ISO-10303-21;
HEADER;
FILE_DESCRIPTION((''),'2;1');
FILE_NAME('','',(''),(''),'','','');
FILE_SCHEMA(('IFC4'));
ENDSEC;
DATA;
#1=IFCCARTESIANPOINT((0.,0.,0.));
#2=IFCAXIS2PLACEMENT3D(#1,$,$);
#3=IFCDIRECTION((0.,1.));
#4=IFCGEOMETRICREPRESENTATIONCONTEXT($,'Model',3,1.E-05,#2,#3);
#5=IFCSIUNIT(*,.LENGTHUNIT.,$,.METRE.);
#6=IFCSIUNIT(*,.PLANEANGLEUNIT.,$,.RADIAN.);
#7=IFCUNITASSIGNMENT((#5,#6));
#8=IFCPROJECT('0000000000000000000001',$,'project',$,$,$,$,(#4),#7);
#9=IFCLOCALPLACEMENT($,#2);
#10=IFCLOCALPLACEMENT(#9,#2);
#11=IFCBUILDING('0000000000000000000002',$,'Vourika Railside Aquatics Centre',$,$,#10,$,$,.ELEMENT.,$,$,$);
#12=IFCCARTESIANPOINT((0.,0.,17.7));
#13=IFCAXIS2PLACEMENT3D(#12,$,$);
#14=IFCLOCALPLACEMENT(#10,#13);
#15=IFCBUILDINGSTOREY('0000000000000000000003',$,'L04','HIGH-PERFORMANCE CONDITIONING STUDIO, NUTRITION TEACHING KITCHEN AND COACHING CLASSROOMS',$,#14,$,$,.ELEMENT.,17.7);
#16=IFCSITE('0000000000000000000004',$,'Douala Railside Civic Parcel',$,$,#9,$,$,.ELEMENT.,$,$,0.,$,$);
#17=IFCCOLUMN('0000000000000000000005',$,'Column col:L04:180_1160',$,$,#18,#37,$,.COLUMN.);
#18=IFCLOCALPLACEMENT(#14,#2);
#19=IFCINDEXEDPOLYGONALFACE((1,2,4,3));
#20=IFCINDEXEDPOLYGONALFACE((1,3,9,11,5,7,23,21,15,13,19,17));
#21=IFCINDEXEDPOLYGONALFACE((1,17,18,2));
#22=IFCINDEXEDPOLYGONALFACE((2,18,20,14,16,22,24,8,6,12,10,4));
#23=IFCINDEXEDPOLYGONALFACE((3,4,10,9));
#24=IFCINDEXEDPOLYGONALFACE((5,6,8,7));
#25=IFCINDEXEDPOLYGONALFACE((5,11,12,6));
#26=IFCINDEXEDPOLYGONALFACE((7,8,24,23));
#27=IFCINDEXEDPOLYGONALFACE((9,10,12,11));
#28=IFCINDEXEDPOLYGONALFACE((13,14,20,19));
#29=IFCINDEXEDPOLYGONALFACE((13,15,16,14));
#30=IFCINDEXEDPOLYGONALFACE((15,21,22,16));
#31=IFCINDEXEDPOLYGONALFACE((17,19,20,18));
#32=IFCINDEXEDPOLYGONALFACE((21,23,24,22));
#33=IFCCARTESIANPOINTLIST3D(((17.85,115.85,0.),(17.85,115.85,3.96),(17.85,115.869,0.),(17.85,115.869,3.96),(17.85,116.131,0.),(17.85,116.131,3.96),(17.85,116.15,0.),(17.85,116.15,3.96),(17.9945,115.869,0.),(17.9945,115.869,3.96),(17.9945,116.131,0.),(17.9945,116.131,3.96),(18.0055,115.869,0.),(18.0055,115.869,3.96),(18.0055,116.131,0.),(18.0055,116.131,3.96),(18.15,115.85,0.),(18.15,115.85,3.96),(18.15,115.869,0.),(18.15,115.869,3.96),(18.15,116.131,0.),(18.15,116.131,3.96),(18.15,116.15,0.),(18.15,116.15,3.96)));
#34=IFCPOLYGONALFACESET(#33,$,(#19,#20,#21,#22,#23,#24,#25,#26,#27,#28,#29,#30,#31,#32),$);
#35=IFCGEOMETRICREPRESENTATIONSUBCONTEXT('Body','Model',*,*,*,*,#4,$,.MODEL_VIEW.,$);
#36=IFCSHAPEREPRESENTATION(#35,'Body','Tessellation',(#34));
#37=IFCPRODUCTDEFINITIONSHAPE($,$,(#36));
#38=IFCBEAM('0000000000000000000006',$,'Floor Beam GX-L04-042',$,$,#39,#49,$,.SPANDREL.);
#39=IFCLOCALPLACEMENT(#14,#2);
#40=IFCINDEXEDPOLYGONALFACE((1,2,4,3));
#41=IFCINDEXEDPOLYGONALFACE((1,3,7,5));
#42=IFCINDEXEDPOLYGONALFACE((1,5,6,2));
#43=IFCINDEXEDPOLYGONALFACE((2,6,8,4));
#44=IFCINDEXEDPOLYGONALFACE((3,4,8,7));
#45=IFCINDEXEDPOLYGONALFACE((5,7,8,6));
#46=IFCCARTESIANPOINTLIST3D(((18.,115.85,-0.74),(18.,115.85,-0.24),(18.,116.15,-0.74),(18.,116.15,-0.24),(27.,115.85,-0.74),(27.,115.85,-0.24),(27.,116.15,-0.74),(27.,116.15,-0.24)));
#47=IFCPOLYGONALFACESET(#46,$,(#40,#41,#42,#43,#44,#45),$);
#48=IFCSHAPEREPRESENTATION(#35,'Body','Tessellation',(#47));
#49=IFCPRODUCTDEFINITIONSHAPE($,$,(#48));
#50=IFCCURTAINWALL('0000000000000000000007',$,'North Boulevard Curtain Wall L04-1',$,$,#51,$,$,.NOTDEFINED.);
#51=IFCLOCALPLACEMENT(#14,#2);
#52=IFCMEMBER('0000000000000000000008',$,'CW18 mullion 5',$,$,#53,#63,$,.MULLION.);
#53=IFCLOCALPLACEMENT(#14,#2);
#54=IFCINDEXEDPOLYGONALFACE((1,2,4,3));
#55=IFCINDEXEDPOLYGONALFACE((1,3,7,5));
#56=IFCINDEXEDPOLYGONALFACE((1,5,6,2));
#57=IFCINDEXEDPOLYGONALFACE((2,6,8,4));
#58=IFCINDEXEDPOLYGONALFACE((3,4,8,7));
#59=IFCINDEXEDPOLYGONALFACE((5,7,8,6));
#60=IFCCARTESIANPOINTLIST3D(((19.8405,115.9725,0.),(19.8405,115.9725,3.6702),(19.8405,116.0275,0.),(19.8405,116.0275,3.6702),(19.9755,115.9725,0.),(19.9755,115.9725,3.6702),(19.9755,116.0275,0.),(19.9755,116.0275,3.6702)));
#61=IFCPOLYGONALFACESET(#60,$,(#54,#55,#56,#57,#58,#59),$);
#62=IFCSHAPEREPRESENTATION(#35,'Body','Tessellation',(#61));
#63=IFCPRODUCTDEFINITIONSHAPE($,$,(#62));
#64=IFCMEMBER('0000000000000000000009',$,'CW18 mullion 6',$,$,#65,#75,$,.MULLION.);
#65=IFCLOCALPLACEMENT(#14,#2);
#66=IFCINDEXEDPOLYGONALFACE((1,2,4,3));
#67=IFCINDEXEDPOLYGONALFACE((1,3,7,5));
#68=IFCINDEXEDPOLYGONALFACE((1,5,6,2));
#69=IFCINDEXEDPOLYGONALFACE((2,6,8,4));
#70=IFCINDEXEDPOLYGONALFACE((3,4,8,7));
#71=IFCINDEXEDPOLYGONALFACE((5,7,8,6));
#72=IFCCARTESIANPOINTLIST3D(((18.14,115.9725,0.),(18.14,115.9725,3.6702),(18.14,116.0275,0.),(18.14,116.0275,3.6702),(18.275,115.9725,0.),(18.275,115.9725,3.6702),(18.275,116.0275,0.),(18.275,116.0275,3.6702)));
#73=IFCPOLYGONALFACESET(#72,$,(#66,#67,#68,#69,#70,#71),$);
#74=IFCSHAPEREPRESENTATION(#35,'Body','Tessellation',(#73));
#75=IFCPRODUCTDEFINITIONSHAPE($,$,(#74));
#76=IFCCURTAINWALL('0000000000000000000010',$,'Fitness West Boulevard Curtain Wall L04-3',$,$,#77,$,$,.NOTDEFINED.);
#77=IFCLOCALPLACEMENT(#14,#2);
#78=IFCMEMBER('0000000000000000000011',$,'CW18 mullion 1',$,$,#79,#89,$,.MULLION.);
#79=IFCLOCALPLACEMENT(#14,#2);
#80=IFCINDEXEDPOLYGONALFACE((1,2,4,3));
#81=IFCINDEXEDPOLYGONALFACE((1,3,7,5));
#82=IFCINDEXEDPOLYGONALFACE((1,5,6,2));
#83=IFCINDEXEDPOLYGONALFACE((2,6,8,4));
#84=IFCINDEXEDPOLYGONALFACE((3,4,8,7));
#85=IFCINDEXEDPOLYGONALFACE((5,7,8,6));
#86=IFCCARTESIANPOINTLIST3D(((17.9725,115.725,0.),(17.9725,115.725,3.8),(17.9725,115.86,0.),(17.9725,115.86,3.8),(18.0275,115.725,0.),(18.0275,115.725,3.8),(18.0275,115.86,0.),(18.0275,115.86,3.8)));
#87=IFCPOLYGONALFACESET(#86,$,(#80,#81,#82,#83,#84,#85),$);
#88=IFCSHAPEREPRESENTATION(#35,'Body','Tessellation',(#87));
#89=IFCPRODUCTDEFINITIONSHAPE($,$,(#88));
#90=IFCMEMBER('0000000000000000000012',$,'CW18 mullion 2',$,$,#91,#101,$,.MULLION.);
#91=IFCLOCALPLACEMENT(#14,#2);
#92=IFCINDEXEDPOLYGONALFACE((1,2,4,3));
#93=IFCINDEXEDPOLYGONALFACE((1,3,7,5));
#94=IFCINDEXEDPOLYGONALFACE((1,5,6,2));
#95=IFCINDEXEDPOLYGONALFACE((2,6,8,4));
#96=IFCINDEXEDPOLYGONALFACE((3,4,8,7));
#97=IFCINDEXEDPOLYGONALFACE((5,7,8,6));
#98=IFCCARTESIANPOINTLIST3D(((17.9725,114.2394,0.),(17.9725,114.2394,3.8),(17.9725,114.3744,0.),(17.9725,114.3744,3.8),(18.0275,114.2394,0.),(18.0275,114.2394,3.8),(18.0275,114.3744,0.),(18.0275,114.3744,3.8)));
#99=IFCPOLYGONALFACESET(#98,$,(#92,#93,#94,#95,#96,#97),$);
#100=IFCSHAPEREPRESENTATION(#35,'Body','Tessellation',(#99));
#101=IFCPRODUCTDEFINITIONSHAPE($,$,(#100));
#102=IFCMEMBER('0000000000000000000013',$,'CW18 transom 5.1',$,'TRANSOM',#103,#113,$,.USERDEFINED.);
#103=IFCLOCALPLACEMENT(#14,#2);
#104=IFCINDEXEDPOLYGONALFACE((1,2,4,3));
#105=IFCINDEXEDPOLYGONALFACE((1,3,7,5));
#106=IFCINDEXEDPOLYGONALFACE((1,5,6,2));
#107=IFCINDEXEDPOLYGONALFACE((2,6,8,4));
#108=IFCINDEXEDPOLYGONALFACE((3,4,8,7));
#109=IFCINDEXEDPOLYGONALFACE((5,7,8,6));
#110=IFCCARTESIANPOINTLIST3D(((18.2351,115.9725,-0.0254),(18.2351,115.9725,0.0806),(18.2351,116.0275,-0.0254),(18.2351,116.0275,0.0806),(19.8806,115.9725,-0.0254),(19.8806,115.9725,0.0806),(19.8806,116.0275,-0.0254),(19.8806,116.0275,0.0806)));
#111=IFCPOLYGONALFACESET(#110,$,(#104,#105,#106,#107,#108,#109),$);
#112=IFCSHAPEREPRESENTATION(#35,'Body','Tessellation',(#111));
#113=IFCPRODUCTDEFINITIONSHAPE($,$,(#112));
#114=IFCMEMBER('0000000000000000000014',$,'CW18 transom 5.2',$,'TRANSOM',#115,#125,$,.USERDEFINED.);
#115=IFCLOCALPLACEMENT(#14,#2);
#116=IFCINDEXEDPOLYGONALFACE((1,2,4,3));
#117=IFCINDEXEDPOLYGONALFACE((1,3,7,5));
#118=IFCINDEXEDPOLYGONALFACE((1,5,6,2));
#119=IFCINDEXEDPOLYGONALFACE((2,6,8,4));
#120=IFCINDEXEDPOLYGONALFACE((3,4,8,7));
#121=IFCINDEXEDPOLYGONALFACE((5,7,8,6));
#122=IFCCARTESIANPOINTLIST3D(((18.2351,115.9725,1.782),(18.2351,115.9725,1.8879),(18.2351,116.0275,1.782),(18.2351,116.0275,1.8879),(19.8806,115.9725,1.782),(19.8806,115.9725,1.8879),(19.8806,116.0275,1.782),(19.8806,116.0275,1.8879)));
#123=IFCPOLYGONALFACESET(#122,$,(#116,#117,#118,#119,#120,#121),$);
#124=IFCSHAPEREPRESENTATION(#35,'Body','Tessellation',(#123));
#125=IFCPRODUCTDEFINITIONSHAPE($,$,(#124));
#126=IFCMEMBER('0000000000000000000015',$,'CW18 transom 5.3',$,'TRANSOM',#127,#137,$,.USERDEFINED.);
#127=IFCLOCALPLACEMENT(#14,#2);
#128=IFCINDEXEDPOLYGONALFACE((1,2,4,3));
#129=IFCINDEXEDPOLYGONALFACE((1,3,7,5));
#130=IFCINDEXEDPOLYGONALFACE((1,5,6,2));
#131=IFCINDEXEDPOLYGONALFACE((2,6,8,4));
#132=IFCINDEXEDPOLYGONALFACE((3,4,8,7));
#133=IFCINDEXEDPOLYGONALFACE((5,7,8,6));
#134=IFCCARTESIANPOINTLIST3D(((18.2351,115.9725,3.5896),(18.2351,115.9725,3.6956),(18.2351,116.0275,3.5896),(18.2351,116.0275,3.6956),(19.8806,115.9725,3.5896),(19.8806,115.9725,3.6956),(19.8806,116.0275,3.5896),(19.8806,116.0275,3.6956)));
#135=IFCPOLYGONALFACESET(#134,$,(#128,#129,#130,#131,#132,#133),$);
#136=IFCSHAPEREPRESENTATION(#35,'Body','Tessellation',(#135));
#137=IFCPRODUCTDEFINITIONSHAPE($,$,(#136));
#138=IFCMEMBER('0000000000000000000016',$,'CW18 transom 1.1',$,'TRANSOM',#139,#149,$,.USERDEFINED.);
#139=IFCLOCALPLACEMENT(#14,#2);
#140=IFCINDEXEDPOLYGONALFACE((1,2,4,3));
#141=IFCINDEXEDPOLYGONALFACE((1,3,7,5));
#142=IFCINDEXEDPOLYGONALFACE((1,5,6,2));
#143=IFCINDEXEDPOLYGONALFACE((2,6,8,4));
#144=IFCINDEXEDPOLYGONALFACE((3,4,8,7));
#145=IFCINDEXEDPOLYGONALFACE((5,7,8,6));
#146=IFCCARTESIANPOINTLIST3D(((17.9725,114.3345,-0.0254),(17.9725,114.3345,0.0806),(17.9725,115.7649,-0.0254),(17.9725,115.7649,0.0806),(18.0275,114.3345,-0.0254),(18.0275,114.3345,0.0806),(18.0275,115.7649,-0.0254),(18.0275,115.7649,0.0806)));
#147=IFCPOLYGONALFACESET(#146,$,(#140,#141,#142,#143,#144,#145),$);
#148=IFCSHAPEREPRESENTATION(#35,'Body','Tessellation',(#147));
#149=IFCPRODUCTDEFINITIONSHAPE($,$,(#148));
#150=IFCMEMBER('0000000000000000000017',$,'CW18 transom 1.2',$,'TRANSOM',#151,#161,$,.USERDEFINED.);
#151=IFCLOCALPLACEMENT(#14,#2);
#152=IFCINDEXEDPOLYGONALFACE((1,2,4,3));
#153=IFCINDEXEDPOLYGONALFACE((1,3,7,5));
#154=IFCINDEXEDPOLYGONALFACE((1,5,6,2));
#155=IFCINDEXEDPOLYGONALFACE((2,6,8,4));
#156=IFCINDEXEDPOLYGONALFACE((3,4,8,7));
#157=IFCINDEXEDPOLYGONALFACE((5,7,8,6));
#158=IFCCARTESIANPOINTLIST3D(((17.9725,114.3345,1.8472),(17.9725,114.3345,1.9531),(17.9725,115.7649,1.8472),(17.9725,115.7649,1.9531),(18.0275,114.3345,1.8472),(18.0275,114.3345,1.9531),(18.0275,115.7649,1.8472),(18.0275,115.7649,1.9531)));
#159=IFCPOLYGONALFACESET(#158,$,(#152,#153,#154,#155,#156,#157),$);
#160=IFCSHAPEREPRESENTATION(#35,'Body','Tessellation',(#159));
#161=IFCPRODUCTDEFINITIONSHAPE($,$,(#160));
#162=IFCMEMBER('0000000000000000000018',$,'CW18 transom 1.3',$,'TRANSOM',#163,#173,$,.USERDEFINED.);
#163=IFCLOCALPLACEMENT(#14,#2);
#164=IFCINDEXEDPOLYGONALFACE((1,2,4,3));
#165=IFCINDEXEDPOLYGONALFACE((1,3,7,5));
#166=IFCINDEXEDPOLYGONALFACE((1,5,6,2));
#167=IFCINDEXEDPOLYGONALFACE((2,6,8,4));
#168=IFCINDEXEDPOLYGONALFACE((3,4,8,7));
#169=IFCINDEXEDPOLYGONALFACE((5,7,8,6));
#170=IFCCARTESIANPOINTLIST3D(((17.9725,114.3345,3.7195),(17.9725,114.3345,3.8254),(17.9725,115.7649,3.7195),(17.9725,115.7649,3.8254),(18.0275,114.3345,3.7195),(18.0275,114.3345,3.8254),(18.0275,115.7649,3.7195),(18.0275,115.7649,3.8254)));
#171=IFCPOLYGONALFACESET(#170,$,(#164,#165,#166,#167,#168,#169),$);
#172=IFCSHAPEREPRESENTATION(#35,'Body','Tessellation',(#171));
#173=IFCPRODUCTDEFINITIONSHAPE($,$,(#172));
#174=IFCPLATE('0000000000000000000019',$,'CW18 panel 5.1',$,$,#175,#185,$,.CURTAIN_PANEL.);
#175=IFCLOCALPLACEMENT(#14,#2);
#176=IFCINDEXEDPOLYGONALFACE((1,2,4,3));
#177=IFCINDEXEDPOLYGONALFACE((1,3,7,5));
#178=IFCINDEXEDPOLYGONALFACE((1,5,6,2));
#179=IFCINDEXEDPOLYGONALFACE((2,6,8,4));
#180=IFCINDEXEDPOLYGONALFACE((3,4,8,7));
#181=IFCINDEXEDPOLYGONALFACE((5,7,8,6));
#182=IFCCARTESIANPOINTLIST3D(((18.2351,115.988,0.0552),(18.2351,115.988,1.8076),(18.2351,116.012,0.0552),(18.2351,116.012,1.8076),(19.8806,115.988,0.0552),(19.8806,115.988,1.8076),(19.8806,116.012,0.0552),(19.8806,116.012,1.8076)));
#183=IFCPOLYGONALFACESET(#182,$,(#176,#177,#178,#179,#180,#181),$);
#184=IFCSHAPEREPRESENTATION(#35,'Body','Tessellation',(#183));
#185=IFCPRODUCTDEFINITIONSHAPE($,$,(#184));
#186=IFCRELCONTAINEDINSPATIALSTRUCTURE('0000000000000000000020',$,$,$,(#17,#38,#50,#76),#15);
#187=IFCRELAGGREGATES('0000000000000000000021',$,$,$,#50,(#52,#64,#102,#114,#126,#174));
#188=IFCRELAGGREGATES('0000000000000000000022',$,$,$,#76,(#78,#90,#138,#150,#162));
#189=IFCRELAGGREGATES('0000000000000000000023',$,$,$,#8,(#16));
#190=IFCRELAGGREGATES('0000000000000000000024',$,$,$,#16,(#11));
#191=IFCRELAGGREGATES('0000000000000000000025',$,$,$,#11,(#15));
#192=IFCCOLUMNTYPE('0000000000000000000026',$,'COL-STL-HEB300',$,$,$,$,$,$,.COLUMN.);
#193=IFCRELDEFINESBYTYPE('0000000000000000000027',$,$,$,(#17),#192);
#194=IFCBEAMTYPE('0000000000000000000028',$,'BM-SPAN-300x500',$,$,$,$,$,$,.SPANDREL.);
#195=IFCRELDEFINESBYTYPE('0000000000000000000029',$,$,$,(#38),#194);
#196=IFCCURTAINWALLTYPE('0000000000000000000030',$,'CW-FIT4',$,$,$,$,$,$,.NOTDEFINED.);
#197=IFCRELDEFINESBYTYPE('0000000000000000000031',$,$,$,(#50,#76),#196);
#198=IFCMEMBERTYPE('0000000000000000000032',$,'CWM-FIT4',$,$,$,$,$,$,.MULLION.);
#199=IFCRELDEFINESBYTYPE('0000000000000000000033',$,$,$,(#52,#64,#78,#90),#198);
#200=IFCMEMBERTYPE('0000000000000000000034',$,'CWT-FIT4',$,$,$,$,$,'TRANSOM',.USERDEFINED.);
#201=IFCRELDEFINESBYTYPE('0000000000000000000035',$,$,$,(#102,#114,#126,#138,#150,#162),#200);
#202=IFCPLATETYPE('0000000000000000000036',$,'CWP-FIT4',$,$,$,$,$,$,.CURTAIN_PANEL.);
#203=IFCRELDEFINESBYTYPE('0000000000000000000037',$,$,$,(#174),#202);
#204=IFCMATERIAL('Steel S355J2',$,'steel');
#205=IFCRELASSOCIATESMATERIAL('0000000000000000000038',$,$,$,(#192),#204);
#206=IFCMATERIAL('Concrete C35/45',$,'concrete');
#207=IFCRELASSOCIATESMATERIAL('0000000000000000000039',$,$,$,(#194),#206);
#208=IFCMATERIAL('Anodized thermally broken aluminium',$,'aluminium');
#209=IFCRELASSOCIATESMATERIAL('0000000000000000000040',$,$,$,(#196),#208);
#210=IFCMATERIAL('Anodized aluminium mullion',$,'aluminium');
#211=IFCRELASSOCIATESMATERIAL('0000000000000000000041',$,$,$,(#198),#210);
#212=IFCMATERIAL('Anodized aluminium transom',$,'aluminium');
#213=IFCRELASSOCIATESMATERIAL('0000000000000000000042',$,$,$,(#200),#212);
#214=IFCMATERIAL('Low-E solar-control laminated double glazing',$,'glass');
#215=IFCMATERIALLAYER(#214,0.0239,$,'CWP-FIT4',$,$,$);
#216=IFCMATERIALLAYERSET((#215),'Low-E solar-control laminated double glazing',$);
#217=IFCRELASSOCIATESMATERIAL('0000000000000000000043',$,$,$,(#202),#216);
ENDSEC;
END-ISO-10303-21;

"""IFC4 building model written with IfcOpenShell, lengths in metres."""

from ifc_helpers import new_model, si_unit, direction, frame, origin, origin_2d, place, context, subcontext, project, spatial, rectangle, i_section, extrude, material, layer, layer_set, material_profile, profile_set, type_object, element, aggregate, save


model = new_model("IFC4")

# Units and contexts
model_context = context("Model", 3, precision=1e-05, world=origin(), true_north=direction((0.0, 1.0)))
body_context = subcontext(model_context, "Body", "Model", "MODEL_VIEW")
ifc_project = project(units=[si_unit("LENGTHUNIT", "METRE"), si_unit("PLANEANGLEUNIT", "RADIAN")], contexts=[model_context])

# Site, building, storey
site_placement = place(None, origin())
site = spatial("IfcSite", under=ifc_project, at=site_placement, Name="Douala Railside Civic Parcel", CompositionType="ELEMENT", RefElevation=0.0)
building_placement = place(site_placement, origin())
building = spatial("IfcBuilding", under=site, at=building_placement, Name="Vourika Railside Aquatics Centre", CompositionType="ELEMENT")
storey_placement = place(building_placement, frame((0.0, 0.0, 17.7)))
storey = spatial("IfcBuildingStorey", under=building, at=storey_placement, Name="L04", Description="HIGH-PERFORMANCE CONDITIONING STUDIO, NUTRITION TEACHING KITCHEN AND COACHING CLASSROOMS", CompositionType="ELEMENT", Elevation=17.7)

# Column
ifc_material_1 = material(Name="Steel S355J2", Category="steel")
ifc_material_profile_1 = material_profile(ifc_material_1, i_section(OverallWidth=0.3, OverallDepth=0.3, WebThickness=0.011, FlangeThickness=0.019, at=origin_2d()), Name="HEB 300")
ifc_profile_set_1 = profile_set([ifc_material_profile_1], Name="Steel S355J2")
column_type = type_object("IfcColumnType", Name="COL-STL-HEB300", PredefinedType="COLUMN", material=ifc_profile_set_1)
column_placement = place(storey_placement, frame((18.0, 116.0, 0.0), z_axis=(0.0, 0.0, 1.0), x_axis=(1.0, 0.0, 0.0)))
element("IfcColumn", 1, at=column_placement, inside=storey, type_object=column_type, Name="Column col:L04:180_1160", PredefinedType="COLUMN", context=body_context, shape_type="SweptSolid", body=[
    extrude(i_section(OverallWidth=0.3, OverallDepth=0.3, WebThickness=0.011, FlangeThickness=0.019, at=origin_2d()), origin(), (0.0, 0.0, 1.0), 3.96),
])

# Beam
ifc_material_2 = material(Name="Concrete C35/45", Category="concrete")
ifc_material_profile_2 = material_profile(ifc_material_2, rectangle(XDim=0.3, YDim=0.5, at=origin_2d()), Name="RC 300x500")
ifc_profile_set_2 = profile_set([ifc_material_profile_2], Name="Concrete C35/45")
beam_type = type_object("IfcBeamType", Name="BM-SPAN-300x500", PredefinedType="SPANDREL", material=ifc_profile_set_2)
beam_placement = place(storey_placement, frame((18.0, 116.0, -0.49), z_axis=(1.0, 0.0, 0.0), x_axis=(0.0, 1.0, 0.0)))
element("IfcBeam", 2, at=beam_placement, inside=storey, type_object=beam_type, Name="Floor Beam GX-L04-042", PredefinedType="SPANDREL", context=body_context, shape_type="SweptSolid", body=[
    extrude(rectangle(XDim=0.3, YDim=0.5, at=origin_2d()), origin(), (0.0, 0.0, 1.0), 9.0),
])

# Curtain walls, members
ifc_material_3 = material(Name="Anodized thermally broken aluminium", Category="aluminium")
curtain_wall_type = type_object("IfcCurtainWallType", Name="CW-FIT4", PredefinedType="NOTDEFINED", material=ifc_material_3)
curtain_wall_1_placement = place(storey_placement, origin())
curtain_wall_1 = element("IfcCurtainWall", 3, at=curtain_wall_1_placement, inside=storey, type_object=curtain_wall_type, Name="North Boulevard Curtain Wall L04-1", PredefinedType="NOTDEFINED")
ifc_material_4 = material(Name="Anodized aluminium mullion", Category="aluminium")
ifc_material_profile_3 = material_profile(ifc_material_4, rectangle(XDim=0.0549, YDim=0.135, at=origin_2d()), Name="ALU-M 55x135")
ifc_profile_set_3 = profile_set([ifc_material_profile_3], Name="Anodized aluminium mullion")
member_type_1 = type_object("IfcMemberType", Name="CWM-FIT4", PredefinedType="MULLION", material=ifc_profile_set_3)
member_1_placement = place(storey_placement, frame((19.908, 116.0, 0.0), z_axis=(0.0, 0.0, 1.0), x_axis=(0.0, -1.0, 0.0)))
member_1 = element("IfcMember", 4, at=member_1_placement, type_object=member_type_1, Name="CW18 mullion 5", PredefinedType="MULLION", context=body_context, shape_type="SweptSolid", body=[
    extrude(rectangle(XDim=0.0549, YDim=0.135, at=origin_2d()), origin(), (0.0, 0.0, 1.0), 3.6702),
])
member_2_placement = place(storey_placement, frame((18.2075, 116.0, 0.0), z_axis=(0.0, 0.0, 1.0), x_axis=(0.0, -1.0, 0.0)))
member_2 = element("IfcMember", 5, at=member_2_placement, type_object=member_type_1, Name="CW18 mullion 6", PredefinedType="MULLION", context=body_context, shape_type="SweptSolid", body=[
    extrude(rectangle(XDim=0.0549, YDim=0.135, at=origin_2d()), origin(), (0.0, 0.0, 1.0), 3.6702),
])
curtain_wall_2_placement = place(storey_placement, origin())
curtain_wall_2 = element("IfcCurtainWall", 6, at=curtain_wall_2_placement, inside=storey, type_object=curtain_wall_type, Name="Fitness West Boulevard Curtain Wall L04-3", PredefinedType="NOTDEFINED")
member_3_placement = place(storey_placement, frame((18.0, 115.7925, 0.0), z_axis=(0.0, 0.0, 1.0), x_axis=(1.0, 0.0, 0.0)))
member_3 = element("IfcMember", 7, at=member_3_placement, type_object=member_type_1, Name="CW18 mullion 1", PredefinedType="MULLION", context=body_context, shape_type="SweptSolid", body=[
    extrude(rectangle(XDim=0.0549, YDim=0.135, at=origin_2d()), origin(), (0.0, 0.0, 1.0), 3.8),
])
member_4_placement = place(storey_placement, frame((18.0, 114.3069, 0.0), z_axis=(0.0, 0.0, 1.0), x_axis=(1.0, 0.0, 0.0)))
member_4 = element("IfcMember", 8, at=member_4_placement, type_object=member_type_1, Name="CW18 mullion 2", PredefinedType="MULLION", context=body_context, shape_type="SweptSolid", body=[
    extrude(rectangle(XDim=0.0549, YDim=0.135, at=origin_2d()), origin(), (0.0, 0.0, 1.0), 3.8),
])

# Members
ifc_material_5 = material(Name="Anodized aluminium transom", Category="aluminium")
ifc_material_profile_4 = material_profile(ifc_material_5, rectangle(XDim=0.0549, YDim=0.106, at=origin_2d()), Name="ALU-T 55x106")
ifc_profile_set_4 = profile_set([ifc_material_profile_4], Name="Anodized aluminium transom")
member_type_2 = type_object("IfcMemberType", Name="CWT-FIT4", ElementType="TRANSOM", PredefinedType="USERDEFINED", material=ifc_profile_set_4)
member_5_placement = place(storey_placement, frame((19.8806, 116.0, 0.0276), z_axis=(-1.0, 0.0, 0.0), x_axis=(0.0, -1.0, 0.0)))
member_5 = element("IfcMember", 9, at=member_5_placement, type_object=member_type_2, Name="CW18 transom 5.1", ObjectType="TRANSOM", PredefinedType="USERDEFINED", context=body_context, shape_type="SweptSolid", body=[
    extrude(rectangle(XDim=0.0549, YDim=0.106, at=origin_2d()), origin(), (0.0, 0.0, 1.0), 1.6455),
])
member_6_placement = place(storey_placement, frame((19.8806, 116.0, 1.835), z_axis=(-1.0, 0.0, 0.0), x_axis=(0.0, -1.0, 0.0)))
member_6 = element("IfcMember", 10, at=member_6_placement, type_object=member_type_2, Name="CW18 transom 5.2", ObjectType="TRANSOM", PredefinedType="USERDEFINED", context=body_context, shape_type="SweptSolid", body=[
    extrude(rectangle(XDim=0.0549, YDim=0.106, at=origin_2d()), origin(), (0.0, 0.0, 1.0), 1.6455),
])
member_7_placement = place(storey_placement, frame((19.8806, 116.0, 3.6426), z_axis=(-1.0, 0.0, 0.0), x_axis=(0.0, -1.0, 0.0)))
member_7 = element("IfcMember", 11, at=member_7_placement, type_object=member_type_2, Name="CW18 transom 5.3", ObjectType="TRANSOM", PredefinedType="USERDEFINED", context=body_context, shape_type="SweptSolid", body=[
    extrude(rectangle(XDim=0.0549, YDim=0.106, at=origin_2d()), origin(), (0.0, 0.0, 1.0), 1.6455),
])
member_8_placement = place(storey_placement, frame((18.0, 115.7649, 0.0276), z_axis=(0.0, -1.0, 0.0), x_axis=(1.0, 0.0, 0.0)))
member_8 = element("IfcMember", 12, at=member_8_placement, type_object=member_type_2, Name="CW18 transom 1.1", ObjectType="TRANSOM", PredefinedType="USERDEFINED", context=body_context, shape_type="SweptSolid", body=[
    extrude(rectangle(XDim=0.0549, YDim=0.106, at=origin_2d()), origin(), (0.0, 0.0, 1.0), 1.4304),
])
member_9_placement = place(storey_placement, frame((18.0, 115.7649, 1.9001), z_axis=(0.0, -1.0, 0.0), x_axis=(1.0, 0.0, 0.0)))
member_9 = element("IfcMember", 13, at=member_9_placement, type_object=member_type_2, Name="CW18 transom 1.2", ObjectType="TRANSOM", PredefinedType="USERDEFINED", context=body_context, shape_type="SweptSolid", body=[
    extrude(rectangle(XDim=0.0549, YDim=0.106, at=origin_2d()), origin(), (0.0, 0.0, 1.0), 1.4304),
])
member_10_placement = place(storey_placement, frame((18.0, 115.7649, 3.7725), z_axis=(0.0, -1.0, 0.0), x_axis=(1.0, 0.0, 0.0)))
member_10 = element("IfcMember", 14, at=member_10_placement, type_object=member_type_2, Name="CW18 transom 1.3", ObjectType="TRANSOM", PredefinedType="USERDEFINED", context=body_context, shape_type="SweptSolid", body=[
    extrude(rectangle(XDim=0.0549, YDim=0.106, at=origin_2d()), origin(), (0.0, 0.0, 1.0), 1.4304),
])

# Plate
ifc_material_6 = material(Name="Low-E solar-control laminated double glazing", Category="glass")
ifc_layer_1 = layer(ifc_material_6, 0.0239, Name="CWP-FIT4")
ifc_layer_set_1 = layer_set([ifc_layer_1], Name="Low-E solar-control laminated double glazing")
plate_type_1 = type_object("IfcPlateType", Name="CWP-FIT4", PredefinedType="CURTAIN_PANEL", material=ifc_layer_set_1)
plate_1_placement = place(storey_placement, frame((19.0579, 116.0, 0.0552), z_axis=(0.0, 0.0, 1.0), x_axis=(-1.0, 0.0, 0.0)))
plate_1 = element("IfcPlate", 15, at=plate_1_placement, type_object=plate_type_1, Name="CW18 panel 5.1", PredefinedType="CURTAIN_PANEL", context=body_context, shape_type="SweptSolid", body=[
    extrude(rectangle(XDim=1.6455, YDim=0.0239, at=origin_2d()), origin(), (0.0, 0.0, 1.0), 1.7524),
])
aggregate(curtain_wall_1, [member_1, member_2, member_5, member_6, member_7, plate_1])
aggregate(curtain_wall_2, [member_3, member_4, member_8, member_9, member_10])

save(model, "model.ifc")
